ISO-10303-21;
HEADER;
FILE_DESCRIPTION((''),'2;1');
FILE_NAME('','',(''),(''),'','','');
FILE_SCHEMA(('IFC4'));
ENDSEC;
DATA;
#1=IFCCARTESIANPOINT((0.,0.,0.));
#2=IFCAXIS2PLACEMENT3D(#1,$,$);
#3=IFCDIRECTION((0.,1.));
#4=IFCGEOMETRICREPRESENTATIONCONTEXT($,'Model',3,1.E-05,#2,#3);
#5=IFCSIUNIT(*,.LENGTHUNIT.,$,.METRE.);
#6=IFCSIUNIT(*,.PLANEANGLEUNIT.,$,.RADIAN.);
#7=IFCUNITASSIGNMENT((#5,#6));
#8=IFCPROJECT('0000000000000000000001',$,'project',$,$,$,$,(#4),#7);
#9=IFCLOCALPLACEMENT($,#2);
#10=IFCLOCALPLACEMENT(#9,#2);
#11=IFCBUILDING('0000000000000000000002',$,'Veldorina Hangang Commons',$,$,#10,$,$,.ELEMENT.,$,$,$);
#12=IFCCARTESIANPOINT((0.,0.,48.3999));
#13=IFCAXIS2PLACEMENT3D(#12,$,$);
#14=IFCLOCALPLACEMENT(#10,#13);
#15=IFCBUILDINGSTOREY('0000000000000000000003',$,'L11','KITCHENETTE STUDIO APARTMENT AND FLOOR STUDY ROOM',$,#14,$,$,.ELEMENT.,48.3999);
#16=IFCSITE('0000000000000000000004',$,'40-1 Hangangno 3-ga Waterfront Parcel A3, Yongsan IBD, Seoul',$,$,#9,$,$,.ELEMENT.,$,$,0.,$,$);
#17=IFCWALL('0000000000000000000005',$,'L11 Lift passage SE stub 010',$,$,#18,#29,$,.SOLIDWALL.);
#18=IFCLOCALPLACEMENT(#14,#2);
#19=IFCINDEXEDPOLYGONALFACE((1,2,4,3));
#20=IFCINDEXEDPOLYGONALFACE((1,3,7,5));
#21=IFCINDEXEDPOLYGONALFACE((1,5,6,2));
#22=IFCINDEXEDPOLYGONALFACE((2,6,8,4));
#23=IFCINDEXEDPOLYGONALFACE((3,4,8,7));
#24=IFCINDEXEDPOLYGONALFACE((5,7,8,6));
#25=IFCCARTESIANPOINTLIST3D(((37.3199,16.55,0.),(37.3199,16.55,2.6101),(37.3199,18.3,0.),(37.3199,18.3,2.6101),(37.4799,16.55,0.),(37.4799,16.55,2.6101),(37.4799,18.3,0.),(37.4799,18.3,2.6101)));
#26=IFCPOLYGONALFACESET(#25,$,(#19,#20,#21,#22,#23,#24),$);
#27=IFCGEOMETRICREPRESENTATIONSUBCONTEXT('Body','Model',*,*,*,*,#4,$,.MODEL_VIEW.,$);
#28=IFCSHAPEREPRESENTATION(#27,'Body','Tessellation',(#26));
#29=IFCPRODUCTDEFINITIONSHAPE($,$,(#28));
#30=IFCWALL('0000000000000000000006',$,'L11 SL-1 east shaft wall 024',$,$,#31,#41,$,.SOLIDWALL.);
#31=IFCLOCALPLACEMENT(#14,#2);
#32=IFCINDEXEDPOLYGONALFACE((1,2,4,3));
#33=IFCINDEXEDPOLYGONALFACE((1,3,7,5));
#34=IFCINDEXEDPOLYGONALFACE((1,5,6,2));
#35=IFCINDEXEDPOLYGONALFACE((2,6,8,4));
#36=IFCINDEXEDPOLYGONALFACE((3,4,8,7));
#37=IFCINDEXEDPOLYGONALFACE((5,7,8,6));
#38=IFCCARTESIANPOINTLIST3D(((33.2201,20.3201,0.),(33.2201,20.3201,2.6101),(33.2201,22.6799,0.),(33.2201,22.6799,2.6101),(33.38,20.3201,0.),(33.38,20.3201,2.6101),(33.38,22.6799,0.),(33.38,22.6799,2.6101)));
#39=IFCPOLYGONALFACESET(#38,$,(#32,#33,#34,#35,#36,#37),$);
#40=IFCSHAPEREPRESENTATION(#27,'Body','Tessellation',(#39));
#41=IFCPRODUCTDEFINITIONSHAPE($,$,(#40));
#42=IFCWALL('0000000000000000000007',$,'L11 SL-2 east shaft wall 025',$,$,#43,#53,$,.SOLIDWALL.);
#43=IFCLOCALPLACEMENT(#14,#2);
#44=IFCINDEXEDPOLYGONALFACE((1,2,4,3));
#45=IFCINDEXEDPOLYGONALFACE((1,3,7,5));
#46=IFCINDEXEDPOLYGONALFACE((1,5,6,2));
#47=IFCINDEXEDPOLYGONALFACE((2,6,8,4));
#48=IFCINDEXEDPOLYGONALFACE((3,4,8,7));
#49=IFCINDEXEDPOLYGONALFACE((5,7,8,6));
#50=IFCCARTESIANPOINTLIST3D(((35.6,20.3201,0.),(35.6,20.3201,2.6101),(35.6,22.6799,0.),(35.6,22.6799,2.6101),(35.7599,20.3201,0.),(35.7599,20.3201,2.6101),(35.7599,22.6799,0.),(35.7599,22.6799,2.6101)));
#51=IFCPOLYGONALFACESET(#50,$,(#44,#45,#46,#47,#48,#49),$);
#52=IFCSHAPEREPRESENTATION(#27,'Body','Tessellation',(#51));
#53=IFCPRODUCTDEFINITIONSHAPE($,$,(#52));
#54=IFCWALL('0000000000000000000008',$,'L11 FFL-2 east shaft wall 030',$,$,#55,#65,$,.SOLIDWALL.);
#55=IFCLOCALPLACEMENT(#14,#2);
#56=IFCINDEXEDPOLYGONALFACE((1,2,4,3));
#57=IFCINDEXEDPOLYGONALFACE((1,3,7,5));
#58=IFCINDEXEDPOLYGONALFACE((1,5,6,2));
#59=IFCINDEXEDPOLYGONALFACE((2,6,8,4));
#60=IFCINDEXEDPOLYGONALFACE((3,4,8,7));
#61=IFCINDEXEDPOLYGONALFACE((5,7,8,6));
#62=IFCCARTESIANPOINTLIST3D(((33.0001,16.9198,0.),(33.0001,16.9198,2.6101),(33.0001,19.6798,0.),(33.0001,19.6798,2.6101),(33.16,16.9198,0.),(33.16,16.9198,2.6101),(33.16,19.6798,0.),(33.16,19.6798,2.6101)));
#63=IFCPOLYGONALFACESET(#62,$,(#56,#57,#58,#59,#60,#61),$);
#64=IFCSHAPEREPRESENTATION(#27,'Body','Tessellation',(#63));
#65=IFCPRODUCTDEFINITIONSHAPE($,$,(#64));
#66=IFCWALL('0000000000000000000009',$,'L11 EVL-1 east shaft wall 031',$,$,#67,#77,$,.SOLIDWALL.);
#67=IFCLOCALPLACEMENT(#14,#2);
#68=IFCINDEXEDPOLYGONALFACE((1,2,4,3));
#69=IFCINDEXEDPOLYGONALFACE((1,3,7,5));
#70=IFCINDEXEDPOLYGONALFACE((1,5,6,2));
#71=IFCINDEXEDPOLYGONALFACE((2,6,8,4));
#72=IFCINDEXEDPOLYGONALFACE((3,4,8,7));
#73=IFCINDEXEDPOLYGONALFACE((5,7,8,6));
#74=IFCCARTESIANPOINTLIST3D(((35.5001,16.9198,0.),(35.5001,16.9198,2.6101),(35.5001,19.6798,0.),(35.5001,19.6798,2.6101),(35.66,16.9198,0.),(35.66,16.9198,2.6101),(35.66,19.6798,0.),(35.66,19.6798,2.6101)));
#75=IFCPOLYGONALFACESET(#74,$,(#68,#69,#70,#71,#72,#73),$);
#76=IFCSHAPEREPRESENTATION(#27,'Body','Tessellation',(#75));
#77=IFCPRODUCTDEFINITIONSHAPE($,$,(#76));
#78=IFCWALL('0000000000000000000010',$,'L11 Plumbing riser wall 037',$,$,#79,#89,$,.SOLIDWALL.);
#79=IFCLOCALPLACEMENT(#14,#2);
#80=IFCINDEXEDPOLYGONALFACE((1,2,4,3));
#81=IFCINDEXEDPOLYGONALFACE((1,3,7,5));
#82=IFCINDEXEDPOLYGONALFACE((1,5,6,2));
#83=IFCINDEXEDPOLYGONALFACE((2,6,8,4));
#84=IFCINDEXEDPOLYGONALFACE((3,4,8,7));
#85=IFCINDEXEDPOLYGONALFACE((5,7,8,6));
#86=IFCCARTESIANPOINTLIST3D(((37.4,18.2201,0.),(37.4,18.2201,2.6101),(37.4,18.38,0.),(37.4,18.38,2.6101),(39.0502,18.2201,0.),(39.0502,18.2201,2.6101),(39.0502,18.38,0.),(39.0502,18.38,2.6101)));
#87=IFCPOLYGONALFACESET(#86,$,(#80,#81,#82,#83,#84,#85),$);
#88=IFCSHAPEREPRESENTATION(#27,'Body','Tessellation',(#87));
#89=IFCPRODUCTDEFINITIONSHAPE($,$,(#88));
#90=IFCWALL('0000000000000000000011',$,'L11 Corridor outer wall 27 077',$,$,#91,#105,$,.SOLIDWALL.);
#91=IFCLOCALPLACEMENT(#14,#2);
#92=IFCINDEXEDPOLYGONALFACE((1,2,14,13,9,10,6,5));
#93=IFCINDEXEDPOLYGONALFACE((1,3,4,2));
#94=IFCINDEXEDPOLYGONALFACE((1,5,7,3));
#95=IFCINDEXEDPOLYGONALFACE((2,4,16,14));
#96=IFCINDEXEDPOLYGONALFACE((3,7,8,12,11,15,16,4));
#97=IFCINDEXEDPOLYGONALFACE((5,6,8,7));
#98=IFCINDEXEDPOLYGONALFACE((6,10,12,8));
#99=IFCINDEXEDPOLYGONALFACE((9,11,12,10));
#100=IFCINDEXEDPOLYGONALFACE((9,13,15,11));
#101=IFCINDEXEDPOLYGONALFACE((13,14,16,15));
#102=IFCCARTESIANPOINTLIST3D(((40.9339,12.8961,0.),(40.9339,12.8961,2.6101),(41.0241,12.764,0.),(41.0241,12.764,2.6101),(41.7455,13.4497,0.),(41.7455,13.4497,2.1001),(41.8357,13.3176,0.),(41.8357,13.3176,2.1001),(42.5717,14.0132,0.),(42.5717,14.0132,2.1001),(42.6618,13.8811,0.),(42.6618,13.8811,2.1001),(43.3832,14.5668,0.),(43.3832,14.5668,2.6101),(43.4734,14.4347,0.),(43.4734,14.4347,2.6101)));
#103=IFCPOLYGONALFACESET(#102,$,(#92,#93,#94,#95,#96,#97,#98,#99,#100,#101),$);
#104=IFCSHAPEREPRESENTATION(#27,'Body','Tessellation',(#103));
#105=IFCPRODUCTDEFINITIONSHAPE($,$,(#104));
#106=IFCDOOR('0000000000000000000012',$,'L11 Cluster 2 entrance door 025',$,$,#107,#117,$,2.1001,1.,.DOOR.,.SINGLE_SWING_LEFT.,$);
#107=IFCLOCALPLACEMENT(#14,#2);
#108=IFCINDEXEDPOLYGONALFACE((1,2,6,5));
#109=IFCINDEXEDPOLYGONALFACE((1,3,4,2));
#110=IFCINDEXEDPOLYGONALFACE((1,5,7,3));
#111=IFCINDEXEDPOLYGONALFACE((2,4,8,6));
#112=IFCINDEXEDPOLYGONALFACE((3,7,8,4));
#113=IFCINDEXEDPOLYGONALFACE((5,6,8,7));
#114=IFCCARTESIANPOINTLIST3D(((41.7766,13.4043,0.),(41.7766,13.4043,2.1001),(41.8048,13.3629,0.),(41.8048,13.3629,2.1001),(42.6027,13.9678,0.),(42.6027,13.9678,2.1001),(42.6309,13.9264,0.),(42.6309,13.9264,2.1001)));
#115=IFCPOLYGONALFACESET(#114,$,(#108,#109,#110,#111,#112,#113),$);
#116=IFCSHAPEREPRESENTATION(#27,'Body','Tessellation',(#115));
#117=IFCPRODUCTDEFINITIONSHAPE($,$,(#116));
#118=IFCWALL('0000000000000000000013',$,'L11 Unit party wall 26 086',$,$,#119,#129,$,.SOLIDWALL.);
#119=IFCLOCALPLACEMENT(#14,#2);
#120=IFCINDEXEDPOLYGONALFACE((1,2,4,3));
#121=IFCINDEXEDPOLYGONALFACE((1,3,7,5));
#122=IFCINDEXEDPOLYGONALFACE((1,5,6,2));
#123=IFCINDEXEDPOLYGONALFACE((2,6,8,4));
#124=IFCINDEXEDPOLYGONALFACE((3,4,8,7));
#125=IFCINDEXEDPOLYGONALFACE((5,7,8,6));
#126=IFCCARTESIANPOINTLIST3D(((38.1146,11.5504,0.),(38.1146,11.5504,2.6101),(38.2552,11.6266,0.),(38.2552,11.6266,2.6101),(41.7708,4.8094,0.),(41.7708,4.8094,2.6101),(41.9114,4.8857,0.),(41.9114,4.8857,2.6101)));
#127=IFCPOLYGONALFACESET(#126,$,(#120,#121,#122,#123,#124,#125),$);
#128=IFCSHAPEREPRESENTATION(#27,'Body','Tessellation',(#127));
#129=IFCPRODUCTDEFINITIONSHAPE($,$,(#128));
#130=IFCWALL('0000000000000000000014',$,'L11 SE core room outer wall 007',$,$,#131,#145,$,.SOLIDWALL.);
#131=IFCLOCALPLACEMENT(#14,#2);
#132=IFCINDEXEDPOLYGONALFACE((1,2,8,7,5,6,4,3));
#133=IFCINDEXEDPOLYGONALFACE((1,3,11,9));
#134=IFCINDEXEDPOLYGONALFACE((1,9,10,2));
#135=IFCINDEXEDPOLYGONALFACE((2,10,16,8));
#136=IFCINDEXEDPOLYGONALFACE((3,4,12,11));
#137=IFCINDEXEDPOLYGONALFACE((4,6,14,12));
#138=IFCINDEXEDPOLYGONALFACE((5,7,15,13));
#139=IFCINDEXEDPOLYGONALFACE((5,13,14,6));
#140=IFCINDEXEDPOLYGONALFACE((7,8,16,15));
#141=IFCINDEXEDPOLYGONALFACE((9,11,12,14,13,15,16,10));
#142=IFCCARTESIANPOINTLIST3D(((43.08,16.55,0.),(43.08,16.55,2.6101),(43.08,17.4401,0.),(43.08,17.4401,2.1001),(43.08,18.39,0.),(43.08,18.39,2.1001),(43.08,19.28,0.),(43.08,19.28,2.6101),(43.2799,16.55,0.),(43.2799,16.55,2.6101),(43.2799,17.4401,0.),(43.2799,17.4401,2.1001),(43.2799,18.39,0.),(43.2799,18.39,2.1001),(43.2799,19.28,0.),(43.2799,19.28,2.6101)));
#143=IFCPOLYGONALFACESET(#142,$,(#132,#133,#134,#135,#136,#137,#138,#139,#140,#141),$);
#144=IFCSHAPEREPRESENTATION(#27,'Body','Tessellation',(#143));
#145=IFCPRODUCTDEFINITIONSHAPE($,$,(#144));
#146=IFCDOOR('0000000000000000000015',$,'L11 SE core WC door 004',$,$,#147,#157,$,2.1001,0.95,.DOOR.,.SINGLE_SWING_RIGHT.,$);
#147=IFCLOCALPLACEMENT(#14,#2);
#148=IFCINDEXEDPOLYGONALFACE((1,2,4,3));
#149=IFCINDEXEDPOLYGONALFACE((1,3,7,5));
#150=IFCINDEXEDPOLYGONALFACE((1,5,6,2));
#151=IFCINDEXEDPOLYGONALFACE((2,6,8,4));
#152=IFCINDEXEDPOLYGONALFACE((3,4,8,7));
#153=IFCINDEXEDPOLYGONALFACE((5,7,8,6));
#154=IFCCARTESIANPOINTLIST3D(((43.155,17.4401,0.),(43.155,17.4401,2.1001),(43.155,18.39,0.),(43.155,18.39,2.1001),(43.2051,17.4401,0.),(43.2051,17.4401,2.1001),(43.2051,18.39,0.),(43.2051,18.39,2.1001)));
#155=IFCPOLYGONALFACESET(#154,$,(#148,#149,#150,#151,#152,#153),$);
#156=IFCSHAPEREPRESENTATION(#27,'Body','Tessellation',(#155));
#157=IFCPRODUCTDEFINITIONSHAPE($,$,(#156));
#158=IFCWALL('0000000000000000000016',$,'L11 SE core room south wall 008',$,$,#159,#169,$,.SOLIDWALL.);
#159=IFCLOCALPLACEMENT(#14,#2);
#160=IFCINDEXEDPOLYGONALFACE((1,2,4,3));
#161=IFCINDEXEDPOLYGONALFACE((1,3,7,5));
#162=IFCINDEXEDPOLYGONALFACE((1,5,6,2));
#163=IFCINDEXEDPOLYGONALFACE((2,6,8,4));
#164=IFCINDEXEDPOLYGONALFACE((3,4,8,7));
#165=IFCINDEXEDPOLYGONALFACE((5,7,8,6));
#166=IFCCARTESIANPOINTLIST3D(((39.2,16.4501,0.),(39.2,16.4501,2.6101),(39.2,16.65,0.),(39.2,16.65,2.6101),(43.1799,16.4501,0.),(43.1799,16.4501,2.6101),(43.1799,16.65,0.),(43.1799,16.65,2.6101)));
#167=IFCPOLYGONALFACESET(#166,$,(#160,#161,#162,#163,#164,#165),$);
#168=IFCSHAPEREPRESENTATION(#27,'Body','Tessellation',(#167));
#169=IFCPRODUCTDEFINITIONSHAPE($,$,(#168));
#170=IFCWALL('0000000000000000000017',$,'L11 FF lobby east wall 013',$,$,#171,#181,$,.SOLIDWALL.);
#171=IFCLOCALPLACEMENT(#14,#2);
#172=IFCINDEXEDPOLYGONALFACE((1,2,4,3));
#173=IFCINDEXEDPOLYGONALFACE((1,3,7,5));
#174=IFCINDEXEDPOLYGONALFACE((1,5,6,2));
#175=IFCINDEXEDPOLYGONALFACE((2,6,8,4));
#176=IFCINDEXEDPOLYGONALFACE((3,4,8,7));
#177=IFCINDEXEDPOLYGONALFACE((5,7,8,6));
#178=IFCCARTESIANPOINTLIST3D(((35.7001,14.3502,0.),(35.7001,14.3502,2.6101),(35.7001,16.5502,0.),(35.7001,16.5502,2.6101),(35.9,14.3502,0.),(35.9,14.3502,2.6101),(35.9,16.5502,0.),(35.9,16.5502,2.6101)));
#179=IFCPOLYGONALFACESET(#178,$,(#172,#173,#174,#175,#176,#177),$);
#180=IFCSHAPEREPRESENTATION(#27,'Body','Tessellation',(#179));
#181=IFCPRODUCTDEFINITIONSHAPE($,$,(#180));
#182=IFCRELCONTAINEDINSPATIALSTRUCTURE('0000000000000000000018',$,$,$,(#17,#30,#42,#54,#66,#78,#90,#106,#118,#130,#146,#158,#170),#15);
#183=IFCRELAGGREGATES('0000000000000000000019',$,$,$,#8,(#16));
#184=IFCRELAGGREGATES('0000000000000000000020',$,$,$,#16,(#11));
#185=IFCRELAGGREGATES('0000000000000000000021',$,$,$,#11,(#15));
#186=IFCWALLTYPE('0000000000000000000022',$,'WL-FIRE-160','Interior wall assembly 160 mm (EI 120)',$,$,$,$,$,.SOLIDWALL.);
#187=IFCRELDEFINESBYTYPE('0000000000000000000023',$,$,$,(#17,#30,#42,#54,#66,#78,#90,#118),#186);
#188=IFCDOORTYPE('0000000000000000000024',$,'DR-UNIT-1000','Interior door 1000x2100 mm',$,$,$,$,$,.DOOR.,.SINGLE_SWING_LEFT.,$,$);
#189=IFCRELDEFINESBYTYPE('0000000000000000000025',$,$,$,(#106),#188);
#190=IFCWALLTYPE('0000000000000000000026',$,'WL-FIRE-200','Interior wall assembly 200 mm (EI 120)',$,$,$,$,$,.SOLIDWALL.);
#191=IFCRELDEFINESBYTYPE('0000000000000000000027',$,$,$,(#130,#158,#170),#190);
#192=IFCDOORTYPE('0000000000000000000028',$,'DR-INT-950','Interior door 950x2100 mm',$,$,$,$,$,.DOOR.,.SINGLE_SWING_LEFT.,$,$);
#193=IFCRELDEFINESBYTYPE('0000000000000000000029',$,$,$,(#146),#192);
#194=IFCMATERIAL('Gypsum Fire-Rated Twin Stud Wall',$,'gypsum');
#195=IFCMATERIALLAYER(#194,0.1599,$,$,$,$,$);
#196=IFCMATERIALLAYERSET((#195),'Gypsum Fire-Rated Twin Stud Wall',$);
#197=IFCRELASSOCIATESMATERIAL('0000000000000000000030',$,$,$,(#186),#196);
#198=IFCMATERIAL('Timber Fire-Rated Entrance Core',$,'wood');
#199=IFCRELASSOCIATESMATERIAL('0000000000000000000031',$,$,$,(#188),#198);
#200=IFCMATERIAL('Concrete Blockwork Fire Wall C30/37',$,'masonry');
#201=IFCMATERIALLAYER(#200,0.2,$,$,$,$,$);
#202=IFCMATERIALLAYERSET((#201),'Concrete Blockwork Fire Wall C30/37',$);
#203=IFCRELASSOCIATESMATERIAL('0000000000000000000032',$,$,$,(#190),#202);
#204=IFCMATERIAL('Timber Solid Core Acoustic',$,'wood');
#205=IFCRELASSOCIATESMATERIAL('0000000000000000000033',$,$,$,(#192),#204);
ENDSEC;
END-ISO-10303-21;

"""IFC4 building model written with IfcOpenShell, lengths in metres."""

from ifc_helpers import new_model, si_unit, direction, frame, frame_2d, origin, place, context, subcontext, project, spatial, rectangle, extrude, material, layer, layer_set, type_object, element, fill, save


model = new_model("IFC4")

# Units and contexts
model_context = context("Model", 3, precision=1e-05, world=origin(), true_north=direction((0.0, 1.0)))
body_context = subcontext(model_context, "Body", "Model", "MODEL_VIEW")
ifc_project = project(units=[si_unit("LENGTHUNIT", "METRE"), si_unit("PLANEANGLEUNIT", "RADIAN")], contexts=[model_context])

# Site, building, storey
site_placement = place(None, origin())
site = spatial("IfcSite", under=ifc_project, at=site_placement, Name="40-1 Hangangno 3-ga Waterfront Parcel A3, Yongsan IBD, Seoul", CompositionType="ELEMENT", RefElevation=0.0)
building_placement = place(site_placement, origin())
building = spatial("IfcBuilding", under=site, at=building_placement, Name="Veldorina Hangang Commons", CompositionType="ELEMENT")
storey_placement = place(building_placement, frame((0.0, 0.0, 48.3999)))
storey = spatial("IfcBuildingStorey", under=building, at=storey_placement, Name="L11", Description="KITCHENETTE STUDIO APARTMENT AND FLOOR STUDY ROOM", CompositionType="ELEMENT", Elevation=48.3999)

# Walls
ifc_material_1 = material(Name="Gypsum Fire-Rated Twin Stud Wall", Category="gypsum")
ifc_layer_1 = layer(ifc_material_1, 0.1599)
ifc_layer_set_1 = layer_set([ifc_layer_1], Name="Gypsum Fire-Rated Twin Stud Wall")
wall_type_1 = type_object("IfcWallType", Name="WL-FIRE-160", Description="Interior wall assembly 160 mm (EI 120)", PredefinedType="SOLIDWALL", material=ifc_layer_set_1)
wall_1_placement = place(storey_placement, frame((37.3999, 16.55, 0.0), z_axis=(0.0, 0.0, 1.0), x_axis=(0.0, 1.0, 0.0)))
element("IfcWall", 1, at=wall_1_placement, inside=storey, type_object=wall_type_1, Name="L11 Lift passage SE stub 010", PredefinedType="SOLIDWALL", context=body_context, shape_type="SweptSolid", body=[
    extrude(rectangle(XDim=1.75, YDim=0.1599, at=frame_2d((0.875, 0.0))), origin(), (0.0, 0.0, 1.0), 2.6101),
])
for number, where, z_axis, x_axis, name in (
    (2, (33.3, 20.3201, 0.0), (0.0, 0.0, 1.0), (0.0, 1.0, 0.0), "L11 SL-1 east shaft wall 024"),
    (3, (35.6799, 20.3201, 0.0), (0.0, 0.0, 1.0), (0.0, 1.0, 0.0), "L11 SL-2 east shaft wall 025"),
):
    element("IfcWall", number, at=place(storey_placement, frame(where, z_axis=z_axis, x_axis=x_axis)), inside=storey, type_object=wall_type_1, Name=name, PredefinedType="SOLIDWALL", context=body_context, shape_type="SweptSolid", body=[
        extrude(rectangle(XDim=2.3599, YDim=0.1599, at=frame_2d((1.1799, 0.0))), origin(), (0.0, 0.0, 1.0), 2.6101),
    ])
for number, where, z_axis, x_axis, name in (
    (4, (33.0801, 16.9199, 0.0), (0.0, 0.0, 1.0), (0.0, 1.0, 0.0), "L11 FFL-2 east shaft wall 030"),
    (5, (35.5801, 16.9199, 0.0), (0.0, 0.0, 1.0), (0.0, 1.0, 0.0), "L11 EVL-1 east shaft wall 031"),
):
    element("IfcWall", number, at=place(storey_placement, frame(where, z_axis=z_axis, x_axis=x_axis)), inside=storey, type_object=wall_type_1, Name=name, PredefinedType="SOLIDWALL", context=body_context, shape_type="SweptSolid", body=[
        extrude(rectangle(XDim=2.76, YDim=0.1599, at=frame_2d((1.3799, 0.0))), origin(), (0.0, 0.0, 1.0), 2.6101),
    ])
wall_2_placement = place(storey_placement, frame((37.3999, 18.3, 0.0), z_axis=(0.0, 0.0, 1.0), x_axis=(1.0, 0.0, 0.0)))
element("IfcWall", 6, at=wall_2_placement, inside=storey, type_object=wall_type_1, Name="L11 Plumbing riser wall 037", PredefinedType="SOLIDWALL", context=body_context, shape_type="SweptSolid", body=[
    extrude(rectangle(XDim=1.6501, YDim=0.1599, at=frame_2d((0.8252, 0.0))), origin(), (0.0, 0.0, 1.0), 2.6101),
])

# Wall, opening, door
wall_3_placement = place(storey_placement, frame((40.979, 12.8301, 0.0), z_axis=(0.0, 0.0, 1.0), x_axis=(0.826112, 0.563505, 0.0)))
wall_3 = element("IfcWall", 7, at=wall_3_placement, inside=storey, type_object=wall_type_1, Name="L11 Corridor outer wall 27 077", PredefinedType="SOLIDWALL", context=body_context, shape_type="SweptSolid", body=[
    extrude(rectangle(XDim=2.9648, YDim=0.1599, at=frame_2d((1.4824, 0.0))), origin(), (0.0, 0.0, 1.0), 2.6101),
])
opening_1_placement = place(wall_3_placement, frame((0.9824, 0.0, 0.0)))
opening_1 = element("IfcOpeningElement", 8, at=opening_1_placement, cuts=wall_3, PredefinedType="OPENING", context=body_context, shape_type="SweptSolid", body=[
    extrude(rectangle(XDim=1.0, YDim=2.1001, at=frame_2d((0.5, 1.05))), frame((0.0, 0.0898, 0.0), z_axis=(0.0, -1.0, 0.0), x_axis=(1.0, 0.0, 0.0)), (0.0, 0.0, 1.0), 0.1799),
])
ifc_material_2 = material(Name="Timber Fire-Rated Entrance Core", Category="wood")
door_type_1 = type_object("IfcDoorType", Name="DR-UNIT-1000", Description="Interior door 1000x2100 mm", OperationType="SINGLE_SWING_LEFT", PredefinedType="DOOR", material=ifc_material_2)
door_1_placement = place(opening_1_placement, origin())
door_1 = element("IfcDoor", 9, at=door_1_placement, inside=storey, type_object=door_type_1, Name="L11 Cluster 2 entrance door 025", OperationType="SINGLE_SWING_LEFT", OverallHeight=2.1001, OverallWidth=1.0, PredefinedType="DOOR", context=body_context, shape_type="SweptSolid", body=[
    extrude(rectangle(XDim=1.0, YDim=2.1001, at=frame_2d((0.5, 1.05))), frame((0.0, 0.0249, 0.0), z_axis=(0.0, -1.0, 0.0), x_axis=(1.0, 0.0, 0.0)), (0.0, 0.0, 1.0), 0.05),
])
fill(opening_1, door_1)

# Wall
wall_4_placement = place(storey_placement, frame((38.1848, 11.5886, 0.0), z_axis=(0.0, 0.0, 1.0), x_axis=(0.476776, -0.879025, 0.0)))
element("IfcWall", 10, at=wall_4_placement, inside=storey, type_object=wall_type_1, Name="L11 Unit party wall 26 086", PredefinedType="SOLIDWALL", context=body_context, shape_type="SweptSolid", body=[
    extrude(rectangle(XDim=7.6687, YDim=0.1599, at=frame_2d((3.8345, 0.0))), origin(), (0.0, 0.0, 1.0), 2.6101),
])

# Wall, opening, door
ifc_material_3 = material(Name="Concrete Blockwork Fire Wall C30/37", Category="masonry")
ifc_layer_2 = layer(ifc_material_3, 0.2)
ifc_layer_set_2 = layer_set([ifc_layer_2], Name="Concrete Blockwork Fire Wall C30/37")
wall_type_2 = type_object("IfcWallType", Name="WL-FIRE-200", Description="Interior wall assembly 200 mm (EI 120)", PredefinedType="SOLIDWALL", material=ifc_layer_set_2)
wall_5_placement = place(storey_placement, frame((43.1799, 16.55, 0.0), z_axis=(0.0, 0.0, 1.0), x_axis=(0.0, 1.0, 0.0)))
wall_5 = element("IfcWall", 11, at=wall_5_placement, inside=storey, type_object=wall_type_2, Name="L11 SE core room outer wall 007", PredefinedType="SOLIDWALL", context=body_context, shape_type="SweptSolid", body=[
    extrude(rectangle(XDim=2.73, YDim=0.2, at=frame_2d((1.365, 0.0))), origin(), (0.0, 0.0, 1.0), 2.6101),
])
opening_2_placement = place(wall_5_placement, frame((0.8899, 0.0, 0.0)))
opening_2 = element("IfcOpeningElement", 12, at=opening_2_placement, cuts=wall_5, PredefinedType="OPENING", context=body_context, shape_type="SweptSolid", body=[
    extrude(rectangle(XDim=0.95, YDim=2.1001, at=frame_2d((0.4751, 1.05))), frame((0.0, 0.1099, 0.0), z_axis=(0.0, -1.0, 0.0), x_axis=(1.0, 0.0, 0.0)), (0.0, 0.0, 1.0), 0.22),
])
ifc_material_4 = material(Name="Timber Solid Core Acoustic", Category="wood")
door_type_2 = type_object("IfcDoorType", Name="DR-INT-950", Description="Interior door 950x2100 mm", OperationType="SINGLE_SWING_LEFT", PredefinedType="DOOR", material=ifc_material_4)
door_2_placement = place(opening_2_placement, origin())
door_2 = element("IfcDoor", 13, at=door_2_placement, inside=storey, type_object=door_type_2, Name="L11 SE core WC door 004", OperationType="SINGLE_SWING_RIGHT", OverallHeight=2.1001, OverallWidth=0.95, PredefinedType="DOOR", context=body_context, shape_type="SweptSolid", body=[
    extrude(rectangle(XDim=0.95, YDim=2.1001, at=frame_2d((0.4751, 1.05))), frame((0.0, 0.0249, 0.0), z_axis=(0.0, -1.0, 0.0), x_axis=(1.0, 0.0, 0.0)), (0.0, 0.0, 1.0), 0.05),
])
fill(opening_2, door_2)

# Walls
wall_6_placement = place(storey_placement, frame((39.2, 16.55, 0.0), z_axis=(0.0, 0.0, 1.0), x_axis=(1.0, 0.0, 0.0)))
element("IfcWall", 14, at=wall_6_placement, inside=storey, type_object=wall_type_2, Name="L11 SE core room south wall 008", PredefinedType="SOLIDWALL", context=body_context, shape_type="SweptSolid", body=[
    extrude(rectangle(XDim=3.98, YDim=0.2, at=frame_2d((1.99, 0.0))), origin(), (0.0, 0.0, 1.0), 2.6101),
])
wall_7_placement = place(storey_placement, frame((35.8, 14.3501, 0.0), z_axis=(0.0, 0.0, 1.0), x_axis=(0.0, 1.0, 0.0)))
element("IfcWall", 15, at=wall_7_placement, inside=storey, type_object=wall_type_2, Name="L11 FF lobby east wall 013", PredefinedType="SOLIDWALL", context=body_context, shape_type="SweptSolid", body=[
    extrude(rectangle(XDim=2.2, YDim=0.2, at=frame_2d((1.1001, 0.0))), origin(), (0.0, 0.0, 1.0), 2.6101),
])

save(model, "model.ifc")
